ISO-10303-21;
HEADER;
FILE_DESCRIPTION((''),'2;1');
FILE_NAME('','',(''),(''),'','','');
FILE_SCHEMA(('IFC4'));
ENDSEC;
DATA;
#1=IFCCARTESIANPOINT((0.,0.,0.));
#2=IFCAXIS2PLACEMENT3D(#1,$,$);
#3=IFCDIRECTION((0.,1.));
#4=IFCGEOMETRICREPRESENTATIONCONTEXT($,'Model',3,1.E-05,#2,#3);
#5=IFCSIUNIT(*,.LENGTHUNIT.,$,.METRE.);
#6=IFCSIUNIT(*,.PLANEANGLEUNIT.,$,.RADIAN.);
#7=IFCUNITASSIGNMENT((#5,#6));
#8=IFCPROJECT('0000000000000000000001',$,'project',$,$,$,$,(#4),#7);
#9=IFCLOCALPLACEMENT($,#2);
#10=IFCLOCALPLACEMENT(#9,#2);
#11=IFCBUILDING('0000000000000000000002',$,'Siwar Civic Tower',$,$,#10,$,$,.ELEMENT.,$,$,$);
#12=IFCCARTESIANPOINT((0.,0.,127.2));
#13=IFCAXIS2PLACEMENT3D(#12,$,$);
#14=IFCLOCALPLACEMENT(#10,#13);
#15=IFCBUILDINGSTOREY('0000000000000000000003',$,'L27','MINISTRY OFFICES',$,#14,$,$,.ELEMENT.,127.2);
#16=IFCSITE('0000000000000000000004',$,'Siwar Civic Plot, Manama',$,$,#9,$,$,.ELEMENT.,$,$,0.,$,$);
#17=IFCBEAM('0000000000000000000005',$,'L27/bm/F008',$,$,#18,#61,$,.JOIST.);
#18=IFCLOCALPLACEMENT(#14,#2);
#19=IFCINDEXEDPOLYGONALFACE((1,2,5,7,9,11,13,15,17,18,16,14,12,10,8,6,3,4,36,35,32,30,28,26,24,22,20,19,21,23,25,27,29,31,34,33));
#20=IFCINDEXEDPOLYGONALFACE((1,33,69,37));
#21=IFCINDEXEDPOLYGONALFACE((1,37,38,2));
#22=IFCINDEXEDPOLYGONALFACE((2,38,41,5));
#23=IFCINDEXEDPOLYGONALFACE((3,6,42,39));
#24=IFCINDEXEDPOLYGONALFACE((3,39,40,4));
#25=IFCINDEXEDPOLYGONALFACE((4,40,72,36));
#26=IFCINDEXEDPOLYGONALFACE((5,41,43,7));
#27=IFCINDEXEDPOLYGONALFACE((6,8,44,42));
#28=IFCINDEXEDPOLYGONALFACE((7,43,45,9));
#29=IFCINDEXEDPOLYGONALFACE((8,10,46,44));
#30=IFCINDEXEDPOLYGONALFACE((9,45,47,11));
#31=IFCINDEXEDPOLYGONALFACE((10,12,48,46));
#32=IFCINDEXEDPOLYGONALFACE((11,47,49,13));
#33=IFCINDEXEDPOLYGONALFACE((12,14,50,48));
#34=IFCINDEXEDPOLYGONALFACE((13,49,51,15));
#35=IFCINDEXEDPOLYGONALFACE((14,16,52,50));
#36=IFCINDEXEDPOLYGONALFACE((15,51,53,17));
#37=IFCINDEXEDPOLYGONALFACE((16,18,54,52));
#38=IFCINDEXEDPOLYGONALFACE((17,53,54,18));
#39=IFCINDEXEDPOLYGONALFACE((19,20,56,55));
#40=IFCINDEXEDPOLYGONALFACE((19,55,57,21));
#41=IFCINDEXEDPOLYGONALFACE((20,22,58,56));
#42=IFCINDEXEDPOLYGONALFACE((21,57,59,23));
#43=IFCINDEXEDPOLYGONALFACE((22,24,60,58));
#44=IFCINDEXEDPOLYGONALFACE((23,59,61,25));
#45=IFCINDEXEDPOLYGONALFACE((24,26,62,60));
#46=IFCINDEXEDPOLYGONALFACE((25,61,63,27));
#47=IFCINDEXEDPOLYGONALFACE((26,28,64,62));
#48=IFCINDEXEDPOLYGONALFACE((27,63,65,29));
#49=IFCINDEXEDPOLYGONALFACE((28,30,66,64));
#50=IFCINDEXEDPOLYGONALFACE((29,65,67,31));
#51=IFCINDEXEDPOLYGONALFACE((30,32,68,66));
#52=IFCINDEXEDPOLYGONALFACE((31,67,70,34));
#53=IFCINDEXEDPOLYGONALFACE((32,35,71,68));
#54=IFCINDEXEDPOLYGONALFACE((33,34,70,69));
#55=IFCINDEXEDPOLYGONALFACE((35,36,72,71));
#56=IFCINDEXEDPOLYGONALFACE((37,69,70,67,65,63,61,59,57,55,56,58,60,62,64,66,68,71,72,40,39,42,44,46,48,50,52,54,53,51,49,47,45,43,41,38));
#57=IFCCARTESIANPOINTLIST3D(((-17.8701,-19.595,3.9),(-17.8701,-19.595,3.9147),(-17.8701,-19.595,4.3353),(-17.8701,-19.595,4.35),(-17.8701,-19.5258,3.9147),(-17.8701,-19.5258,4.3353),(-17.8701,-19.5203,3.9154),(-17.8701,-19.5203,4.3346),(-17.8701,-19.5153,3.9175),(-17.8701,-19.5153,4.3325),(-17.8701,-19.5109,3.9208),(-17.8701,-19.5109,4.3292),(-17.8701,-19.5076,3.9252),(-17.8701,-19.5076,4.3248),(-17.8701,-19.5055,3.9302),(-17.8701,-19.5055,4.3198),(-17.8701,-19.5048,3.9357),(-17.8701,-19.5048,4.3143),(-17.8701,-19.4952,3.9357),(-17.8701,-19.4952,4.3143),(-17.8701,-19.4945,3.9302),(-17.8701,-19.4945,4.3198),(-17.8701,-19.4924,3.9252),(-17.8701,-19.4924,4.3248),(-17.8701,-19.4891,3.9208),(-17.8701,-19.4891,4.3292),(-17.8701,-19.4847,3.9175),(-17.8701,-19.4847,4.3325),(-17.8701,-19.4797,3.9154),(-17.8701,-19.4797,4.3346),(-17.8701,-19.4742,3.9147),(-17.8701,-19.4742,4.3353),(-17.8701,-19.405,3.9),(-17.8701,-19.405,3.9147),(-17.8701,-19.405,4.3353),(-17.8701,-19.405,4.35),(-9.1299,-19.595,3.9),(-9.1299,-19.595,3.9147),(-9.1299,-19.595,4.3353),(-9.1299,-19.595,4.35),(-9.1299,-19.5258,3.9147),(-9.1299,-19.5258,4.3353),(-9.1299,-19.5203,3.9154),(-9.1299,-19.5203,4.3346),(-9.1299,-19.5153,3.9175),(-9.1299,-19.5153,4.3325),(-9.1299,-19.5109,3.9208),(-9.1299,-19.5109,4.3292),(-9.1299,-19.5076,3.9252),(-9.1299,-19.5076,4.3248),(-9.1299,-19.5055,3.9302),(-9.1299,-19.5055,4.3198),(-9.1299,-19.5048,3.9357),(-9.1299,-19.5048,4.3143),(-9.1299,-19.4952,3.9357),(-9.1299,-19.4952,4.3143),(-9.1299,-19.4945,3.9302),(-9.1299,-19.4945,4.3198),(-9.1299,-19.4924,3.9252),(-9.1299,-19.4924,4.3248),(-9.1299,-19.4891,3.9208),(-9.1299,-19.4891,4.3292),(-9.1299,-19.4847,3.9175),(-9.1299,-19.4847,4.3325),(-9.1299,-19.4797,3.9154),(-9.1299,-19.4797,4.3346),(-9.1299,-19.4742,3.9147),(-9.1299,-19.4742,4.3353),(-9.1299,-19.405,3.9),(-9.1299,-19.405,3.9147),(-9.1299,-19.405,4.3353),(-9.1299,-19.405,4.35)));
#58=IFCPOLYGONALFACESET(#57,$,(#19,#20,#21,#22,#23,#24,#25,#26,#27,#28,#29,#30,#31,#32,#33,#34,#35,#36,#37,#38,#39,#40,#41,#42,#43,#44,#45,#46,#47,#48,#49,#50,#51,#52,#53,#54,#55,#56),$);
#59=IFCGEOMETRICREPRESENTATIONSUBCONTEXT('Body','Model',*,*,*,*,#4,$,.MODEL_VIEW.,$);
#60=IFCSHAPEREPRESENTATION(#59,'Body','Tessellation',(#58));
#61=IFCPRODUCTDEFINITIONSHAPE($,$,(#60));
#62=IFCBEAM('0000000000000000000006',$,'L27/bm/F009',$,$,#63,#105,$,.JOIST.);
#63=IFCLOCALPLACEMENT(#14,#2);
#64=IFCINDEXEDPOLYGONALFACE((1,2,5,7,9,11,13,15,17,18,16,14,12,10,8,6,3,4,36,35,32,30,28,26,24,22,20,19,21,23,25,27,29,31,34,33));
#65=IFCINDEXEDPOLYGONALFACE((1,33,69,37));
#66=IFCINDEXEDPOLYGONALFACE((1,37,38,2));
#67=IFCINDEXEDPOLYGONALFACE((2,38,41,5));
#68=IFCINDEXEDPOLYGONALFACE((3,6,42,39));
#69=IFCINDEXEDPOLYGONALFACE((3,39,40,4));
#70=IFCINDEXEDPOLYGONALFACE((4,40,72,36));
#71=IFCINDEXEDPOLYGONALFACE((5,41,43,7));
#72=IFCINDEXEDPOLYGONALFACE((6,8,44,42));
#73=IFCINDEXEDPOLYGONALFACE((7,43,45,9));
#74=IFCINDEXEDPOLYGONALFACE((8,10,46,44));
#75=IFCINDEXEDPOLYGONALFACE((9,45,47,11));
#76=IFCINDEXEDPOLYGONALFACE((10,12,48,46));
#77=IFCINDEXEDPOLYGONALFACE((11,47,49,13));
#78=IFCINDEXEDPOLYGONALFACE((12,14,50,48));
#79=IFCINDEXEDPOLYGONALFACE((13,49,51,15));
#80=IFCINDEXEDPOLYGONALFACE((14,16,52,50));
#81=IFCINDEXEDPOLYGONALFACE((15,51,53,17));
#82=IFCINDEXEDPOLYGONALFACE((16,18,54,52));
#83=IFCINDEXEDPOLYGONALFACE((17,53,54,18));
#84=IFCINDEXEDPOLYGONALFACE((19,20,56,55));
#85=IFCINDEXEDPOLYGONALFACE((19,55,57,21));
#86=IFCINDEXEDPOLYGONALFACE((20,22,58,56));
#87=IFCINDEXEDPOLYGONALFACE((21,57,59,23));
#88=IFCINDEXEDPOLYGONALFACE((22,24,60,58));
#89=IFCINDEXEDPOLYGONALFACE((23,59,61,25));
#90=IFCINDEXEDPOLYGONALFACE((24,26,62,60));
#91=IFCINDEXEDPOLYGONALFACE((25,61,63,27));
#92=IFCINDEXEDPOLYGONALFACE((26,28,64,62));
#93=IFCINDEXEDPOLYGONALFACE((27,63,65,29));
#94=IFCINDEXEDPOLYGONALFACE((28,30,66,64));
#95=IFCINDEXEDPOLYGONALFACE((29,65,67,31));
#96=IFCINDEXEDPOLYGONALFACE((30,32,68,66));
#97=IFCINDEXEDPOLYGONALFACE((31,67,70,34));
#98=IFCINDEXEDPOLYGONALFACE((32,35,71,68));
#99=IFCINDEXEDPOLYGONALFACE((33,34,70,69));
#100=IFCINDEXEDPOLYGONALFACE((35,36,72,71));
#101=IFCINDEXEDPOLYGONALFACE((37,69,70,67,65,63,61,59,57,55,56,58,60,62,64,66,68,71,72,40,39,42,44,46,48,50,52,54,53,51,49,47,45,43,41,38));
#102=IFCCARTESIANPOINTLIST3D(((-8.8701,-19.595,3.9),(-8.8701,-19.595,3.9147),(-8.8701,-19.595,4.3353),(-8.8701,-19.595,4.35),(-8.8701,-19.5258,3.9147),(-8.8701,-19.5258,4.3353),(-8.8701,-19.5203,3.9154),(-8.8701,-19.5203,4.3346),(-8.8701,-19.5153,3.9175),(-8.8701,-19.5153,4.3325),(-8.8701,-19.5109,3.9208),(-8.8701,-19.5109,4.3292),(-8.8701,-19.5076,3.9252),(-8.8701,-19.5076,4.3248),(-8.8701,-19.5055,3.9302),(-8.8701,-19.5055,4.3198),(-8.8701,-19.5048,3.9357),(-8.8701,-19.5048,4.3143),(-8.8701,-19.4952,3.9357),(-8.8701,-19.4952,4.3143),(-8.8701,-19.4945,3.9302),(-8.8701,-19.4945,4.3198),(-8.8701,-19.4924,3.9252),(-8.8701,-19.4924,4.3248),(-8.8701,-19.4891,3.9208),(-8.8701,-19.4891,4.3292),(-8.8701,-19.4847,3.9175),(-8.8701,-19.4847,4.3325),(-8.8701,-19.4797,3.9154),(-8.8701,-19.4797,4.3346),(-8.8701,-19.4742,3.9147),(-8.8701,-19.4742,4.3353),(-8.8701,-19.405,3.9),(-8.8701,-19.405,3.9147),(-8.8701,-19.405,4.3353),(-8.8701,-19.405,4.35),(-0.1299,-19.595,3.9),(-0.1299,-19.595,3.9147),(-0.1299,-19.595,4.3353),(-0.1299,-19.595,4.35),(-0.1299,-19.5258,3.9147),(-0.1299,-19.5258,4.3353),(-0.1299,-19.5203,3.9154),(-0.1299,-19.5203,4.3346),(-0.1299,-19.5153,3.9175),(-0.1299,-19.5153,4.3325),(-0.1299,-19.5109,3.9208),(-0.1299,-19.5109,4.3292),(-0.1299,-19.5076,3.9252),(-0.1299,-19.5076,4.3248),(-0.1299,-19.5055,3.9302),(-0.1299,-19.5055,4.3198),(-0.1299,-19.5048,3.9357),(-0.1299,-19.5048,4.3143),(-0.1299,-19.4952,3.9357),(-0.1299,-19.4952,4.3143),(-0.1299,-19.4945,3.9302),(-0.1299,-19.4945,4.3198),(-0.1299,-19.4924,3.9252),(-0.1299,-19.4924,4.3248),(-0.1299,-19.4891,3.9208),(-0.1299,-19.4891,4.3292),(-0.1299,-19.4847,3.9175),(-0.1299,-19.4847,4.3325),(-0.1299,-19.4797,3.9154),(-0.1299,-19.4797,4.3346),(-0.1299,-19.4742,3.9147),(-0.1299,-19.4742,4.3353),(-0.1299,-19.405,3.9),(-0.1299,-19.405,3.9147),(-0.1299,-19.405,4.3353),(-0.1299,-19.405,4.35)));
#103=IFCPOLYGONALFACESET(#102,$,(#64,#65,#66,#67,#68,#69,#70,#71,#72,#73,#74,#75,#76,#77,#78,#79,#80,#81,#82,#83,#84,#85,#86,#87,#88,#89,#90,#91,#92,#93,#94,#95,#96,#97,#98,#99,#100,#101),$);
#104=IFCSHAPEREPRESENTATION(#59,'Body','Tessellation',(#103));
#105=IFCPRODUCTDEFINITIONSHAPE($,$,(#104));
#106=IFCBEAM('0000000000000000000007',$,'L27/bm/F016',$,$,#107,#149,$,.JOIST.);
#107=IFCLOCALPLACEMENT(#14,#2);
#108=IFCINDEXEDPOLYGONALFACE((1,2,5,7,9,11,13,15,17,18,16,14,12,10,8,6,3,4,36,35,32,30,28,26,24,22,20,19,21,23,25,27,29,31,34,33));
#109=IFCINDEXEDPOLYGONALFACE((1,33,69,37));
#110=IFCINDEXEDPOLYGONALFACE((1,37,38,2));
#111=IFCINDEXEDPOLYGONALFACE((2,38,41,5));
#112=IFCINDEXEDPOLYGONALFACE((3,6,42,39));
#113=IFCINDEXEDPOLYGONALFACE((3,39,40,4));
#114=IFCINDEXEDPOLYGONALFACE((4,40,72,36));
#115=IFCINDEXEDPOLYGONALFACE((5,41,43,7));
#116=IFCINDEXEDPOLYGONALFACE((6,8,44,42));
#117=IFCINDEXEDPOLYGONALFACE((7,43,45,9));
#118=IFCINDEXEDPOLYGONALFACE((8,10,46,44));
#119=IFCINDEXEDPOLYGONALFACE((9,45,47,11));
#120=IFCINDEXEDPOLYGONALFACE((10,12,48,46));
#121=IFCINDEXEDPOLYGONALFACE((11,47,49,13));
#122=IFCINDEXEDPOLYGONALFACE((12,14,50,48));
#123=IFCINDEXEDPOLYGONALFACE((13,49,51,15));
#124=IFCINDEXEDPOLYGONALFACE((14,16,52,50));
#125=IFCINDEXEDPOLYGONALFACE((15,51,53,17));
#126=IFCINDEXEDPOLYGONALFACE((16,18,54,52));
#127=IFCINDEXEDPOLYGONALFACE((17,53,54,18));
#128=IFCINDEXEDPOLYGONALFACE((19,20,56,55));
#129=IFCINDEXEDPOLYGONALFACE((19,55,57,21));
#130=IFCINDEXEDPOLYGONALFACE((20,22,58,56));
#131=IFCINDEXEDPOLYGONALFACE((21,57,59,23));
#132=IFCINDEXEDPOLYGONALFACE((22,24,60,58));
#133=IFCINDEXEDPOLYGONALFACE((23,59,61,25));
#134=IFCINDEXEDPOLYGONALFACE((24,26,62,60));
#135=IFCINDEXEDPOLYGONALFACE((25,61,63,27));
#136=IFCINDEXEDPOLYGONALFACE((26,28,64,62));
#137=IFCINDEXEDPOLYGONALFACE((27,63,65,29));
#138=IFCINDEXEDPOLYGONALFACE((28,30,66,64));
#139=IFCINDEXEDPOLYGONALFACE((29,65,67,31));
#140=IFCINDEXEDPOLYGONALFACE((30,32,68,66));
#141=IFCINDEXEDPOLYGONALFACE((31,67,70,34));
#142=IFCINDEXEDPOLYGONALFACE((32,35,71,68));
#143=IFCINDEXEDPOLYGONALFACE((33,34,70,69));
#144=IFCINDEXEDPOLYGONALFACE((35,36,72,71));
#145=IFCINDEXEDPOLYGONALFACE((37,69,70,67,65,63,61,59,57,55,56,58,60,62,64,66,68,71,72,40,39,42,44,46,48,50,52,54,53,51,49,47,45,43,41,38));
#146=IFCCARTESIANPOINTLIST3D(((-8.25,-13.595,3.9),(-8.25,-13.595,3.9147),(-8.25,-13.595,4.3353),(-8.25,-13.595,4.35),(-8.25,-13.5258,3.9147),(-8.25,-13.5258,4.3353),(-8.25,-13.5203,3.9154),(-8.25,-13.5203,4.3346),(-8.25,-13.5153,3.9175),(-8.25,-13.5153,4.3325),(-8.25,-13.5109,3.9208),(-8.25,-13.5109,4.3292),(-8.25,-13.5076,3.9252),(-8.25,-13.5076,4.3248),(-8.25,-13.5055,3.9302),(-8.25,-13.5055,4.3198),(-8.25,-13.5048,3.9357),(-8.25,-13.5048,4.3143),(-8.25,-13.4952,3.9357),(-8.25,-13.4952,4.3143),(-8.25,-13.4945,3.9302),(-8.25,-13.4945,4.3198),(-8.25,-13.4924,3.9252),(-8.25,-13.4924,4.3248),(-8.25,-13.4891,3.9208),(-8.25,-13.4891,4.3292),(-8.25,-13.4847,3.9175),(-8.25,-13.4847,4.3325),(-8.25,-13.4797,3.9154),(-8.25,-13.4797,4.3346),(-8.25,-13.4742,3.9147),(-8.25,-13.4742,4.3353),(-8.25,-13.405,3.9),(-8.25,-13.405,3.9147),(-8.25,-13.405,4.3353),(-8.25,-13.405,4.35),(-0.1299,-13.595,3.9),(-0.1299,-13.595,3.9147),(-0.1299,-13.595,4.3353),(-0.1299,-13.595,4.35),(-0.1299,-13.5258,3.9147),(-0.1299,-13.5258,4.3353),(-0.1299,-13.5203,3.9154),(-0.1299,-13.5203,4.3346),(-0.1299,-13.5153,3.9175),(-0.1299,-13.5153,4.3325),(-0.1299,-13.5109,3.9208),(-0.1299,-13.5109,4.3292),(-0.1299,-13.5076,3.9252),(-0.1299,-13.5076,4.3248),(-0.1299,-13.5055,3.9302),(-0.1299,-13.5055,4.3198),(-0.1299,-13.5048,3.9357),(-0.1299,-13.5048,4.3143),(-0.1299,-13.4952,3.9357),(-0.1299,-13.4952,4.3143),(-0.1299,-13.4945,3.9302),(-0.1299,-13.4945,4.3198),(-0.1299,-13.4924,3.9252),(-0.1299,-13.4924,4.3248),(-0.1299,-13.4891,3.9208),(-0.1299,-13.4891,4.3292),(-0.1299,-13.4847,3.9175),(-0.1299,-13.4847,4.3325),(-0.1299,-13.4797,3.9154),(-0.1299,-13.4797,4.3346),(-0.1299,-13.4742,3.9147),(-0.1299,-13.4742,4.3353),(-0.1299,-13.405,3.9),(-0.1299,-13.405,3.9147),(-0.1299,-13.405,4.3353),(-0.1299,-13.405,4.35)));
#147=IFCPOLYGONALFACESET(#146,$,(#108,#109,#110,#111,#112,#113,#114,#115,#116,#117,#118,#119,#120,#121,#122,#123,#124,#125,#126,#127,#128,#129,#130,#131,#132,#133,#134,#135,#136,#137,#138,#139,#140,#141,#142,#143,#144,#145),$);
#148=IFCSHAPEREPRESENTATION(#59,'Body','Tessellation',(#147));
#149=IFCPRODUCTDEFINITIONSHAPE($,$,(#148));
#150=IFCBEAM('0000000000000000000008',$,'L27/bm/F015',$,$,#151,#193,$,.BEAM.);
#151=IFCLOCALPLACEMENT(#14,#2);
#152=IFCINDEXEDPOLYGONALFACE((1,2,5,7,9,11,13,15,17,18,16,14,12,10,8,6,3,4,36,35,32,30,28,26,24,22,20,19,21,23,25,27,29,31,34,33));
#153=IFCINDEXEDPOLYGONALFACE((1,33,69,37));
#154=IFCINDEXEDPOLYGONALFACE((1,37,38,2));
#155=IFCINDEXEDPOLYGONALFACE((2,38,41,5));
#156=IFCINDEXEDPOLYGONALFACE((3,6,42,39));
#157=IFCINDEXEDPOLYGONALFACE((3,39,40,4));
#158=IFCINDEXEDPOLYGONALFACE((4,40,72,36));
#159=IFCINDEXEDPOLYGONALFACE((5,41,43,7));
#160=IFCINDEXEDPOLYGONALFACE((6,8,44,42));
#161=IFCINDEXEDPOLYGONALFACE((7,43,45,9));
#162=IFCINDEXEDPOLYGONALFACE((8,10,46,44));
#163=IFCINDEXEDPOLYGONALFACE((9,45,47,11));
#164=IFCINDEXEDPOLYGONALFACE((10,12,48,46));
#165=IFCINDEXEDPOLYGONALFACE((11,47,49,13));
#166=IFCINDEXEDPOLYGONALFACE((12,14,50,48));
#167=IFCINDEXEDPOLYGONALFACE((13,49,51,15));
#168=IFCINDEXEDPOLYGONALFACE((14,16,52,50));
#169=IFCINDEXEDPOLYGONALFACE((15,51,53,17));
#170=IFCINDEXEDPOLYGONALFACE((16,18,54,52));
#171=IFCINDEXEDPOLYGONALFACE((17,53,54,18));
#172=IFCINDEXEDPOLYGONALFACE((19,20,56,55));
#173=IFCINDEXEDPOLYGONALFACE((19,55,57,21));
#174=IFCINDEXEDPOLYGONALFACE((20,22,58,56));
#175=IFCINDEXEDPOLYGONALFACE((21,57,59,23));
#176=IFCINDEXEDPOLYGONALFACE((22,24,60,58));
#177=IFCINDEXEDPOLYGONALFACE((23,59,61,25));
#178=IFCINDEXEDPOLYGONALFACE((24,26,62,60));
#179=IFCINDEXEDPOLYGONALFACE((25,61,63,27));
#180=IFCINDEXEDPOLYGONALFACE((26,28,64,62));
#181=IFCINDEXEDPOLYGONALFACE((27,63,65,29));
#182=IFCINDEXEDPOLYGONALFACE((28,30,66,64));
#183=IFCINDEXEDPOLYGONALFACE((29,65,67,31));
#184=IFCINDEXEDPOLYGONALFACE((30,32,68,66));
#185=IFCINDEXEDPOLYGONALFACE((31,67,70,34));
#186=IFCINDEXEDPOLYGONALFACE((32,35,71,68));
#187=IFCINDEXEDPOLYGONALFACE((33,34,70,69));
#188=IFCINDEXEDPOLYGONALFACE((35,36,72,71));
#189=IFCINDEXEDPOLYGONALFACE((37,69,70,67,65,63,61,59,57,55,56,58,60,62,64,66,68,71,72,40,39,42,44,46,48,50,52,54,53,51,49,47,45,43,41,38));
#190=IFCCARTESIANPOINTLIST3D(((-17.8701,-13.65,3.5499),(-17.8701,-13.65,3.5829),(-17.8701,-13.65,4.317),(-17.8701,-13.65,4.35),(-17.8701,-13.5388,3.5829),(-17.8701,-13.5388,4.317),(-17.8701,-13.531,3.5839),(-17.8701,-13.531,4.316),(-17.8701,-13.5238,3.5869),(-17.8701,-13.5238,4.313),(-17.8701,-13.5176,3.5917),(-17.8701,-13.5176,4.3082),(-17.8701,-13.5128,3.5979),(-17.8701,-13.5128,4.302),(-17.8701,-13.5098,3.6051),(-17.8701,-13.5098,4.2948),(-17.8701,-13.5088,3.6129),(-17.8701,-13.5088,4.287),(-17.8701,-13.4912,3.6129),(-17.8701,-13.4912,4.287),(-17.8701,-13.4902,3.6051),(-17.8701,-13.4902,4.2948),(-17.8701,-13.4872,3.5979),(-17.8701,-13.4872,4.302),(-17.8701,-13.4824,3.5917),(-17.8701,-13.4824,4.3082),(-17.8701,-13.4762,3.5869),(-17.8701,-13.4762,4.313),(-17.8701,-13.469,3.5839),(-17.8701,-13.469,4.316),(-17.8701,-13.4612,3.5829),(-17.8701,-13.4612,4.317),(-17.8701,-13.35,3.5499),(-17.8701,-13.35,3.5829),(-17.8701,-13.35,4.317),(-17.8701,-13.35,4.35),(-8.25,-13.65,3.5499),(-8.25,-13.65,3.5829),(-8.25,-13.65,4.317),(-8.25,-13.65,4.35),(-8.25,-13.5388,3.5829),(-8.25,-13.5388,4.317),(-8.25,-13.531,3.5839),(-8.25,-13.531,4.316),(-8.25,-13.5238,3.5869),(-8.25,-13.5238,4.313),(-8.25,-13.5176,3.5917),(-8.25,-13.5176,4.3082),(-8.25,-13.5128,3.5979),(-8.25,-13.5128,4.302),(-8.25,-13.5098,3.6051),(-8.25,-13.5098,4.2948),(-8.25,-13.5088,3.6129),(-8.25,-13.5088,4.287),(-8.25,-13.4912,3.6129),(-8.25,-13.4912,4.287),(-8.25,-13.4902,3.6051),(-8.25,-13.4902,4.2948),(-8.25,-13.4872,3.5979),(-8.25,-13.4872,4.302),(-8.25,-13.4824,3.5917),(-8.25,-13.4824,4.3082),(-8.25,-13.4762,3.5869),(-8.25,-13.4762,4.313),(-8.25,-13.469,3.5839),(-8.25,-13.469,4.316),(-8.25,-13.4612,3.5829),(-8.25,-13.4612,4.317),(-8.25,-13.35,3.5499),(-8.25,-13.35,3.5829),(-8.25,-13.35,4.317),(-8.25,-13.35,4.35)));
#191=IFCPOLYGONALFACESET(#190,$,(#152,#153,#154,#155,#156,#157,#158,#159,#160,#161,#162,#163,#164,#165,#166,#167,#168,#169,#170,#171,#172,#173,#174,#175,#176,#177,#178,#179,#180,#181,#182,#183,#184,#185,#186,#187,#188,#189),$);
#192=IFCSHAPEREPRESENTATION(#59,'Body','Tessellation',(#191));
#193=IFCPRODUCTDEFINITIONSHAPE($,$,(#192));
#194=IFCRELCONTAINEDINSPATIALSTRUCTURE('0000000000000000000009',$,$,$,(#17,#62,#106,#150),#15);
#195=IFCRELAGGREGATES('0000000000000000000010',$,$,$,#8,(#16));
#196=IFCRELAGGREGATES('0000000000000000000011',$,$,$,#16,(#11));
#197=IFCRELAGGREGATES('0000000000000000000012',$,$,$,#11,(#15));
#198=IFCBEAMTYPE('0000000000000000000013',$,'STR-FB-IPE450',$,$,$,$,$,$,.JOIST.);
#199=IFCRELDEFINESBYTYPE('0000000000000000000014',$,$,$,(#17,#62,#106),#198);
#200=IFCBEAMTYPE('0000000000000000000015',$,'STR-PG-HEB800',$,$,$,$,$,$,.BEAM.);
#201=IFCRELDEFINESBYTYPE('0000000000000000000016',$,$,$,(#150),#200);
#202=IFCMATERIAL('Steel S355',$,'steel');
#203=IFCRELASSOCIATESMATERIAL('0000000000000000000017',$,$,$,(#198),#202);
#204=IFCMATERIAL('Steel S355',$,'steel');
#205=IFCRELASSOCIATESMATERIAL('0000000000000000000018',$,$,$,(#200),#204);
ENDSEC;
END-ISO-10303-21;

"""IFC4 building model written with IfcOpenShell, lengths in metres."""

from ifc_helpers import new_model, si_unit, direction, frame, origin, origin_2d, place, context, subcontext, project, spatial, i_section, extrude, material, material_profile, profile_set, type_object, element, save


model = new_model("IFC4")

# Units and contexts
model_context = context("Model", 3, precision=1e-05, world=origin(), true_north=direction((0.0, 1.0)))
body_context = subcontext(model_context, "Body", "Model", "MODEL_VIEW")
ifc_project = project(units=[si_unit("LENGTHUNIT", "METRE"), si_unit("PLANEANGLEUNIT", "RADIAN")], contexts=[model_context])

# Site, building, storey
site_placement = place(None, origin())
site = spatial("IfcSite", under=ifc_project, at=site_placement, Name="Siwar Civic Plot, Manama", CompositionType="ELEMENT", RefElevation=0.0)
building_placement = place(site_placement, origin())
building = spatial("IfcBuilding", under=site, at=building_placement, Name="Siwar Civic Tower", CompositionType="ELEMENT")
storey_placement = place(building_placement, frame((0.0, 0.0, 127.2)))
storey = spatial("IfcBuildingStorey", under=building, at=storey_placement, Name="L27", Description="MINISTRY OFFICES", CompositionType="ELEMENT", Elevation=127.2)

# Beams
ifc_material_1 = material(Name="Steel S355", Category="steel")
ifc_material_profile_1 = material_profile(ifc_material_1, i_section(OverallWidth=0.1899, OverallDepth=0.45, WebThickness=0.0095, FlangeThickness=0.0146, FilletRadius=0.021, at=origin_2d()), Name="IPE450")
ifc_profile_set_1 = profile_set([ifc_material_profile_1], Name="Steel S355")
beam_type_1 = type_object("IfcBeamType", Name="STR-FB-IPE450", PredefinedType="JOIST", material=ifc_profile_set_1)
for number, where, z_axis, x_axis, name in (
    (1, (-17.8701, -19.5, 4.125), (1.0, 0.0, 0.0), (0.0, 1.0, 0.0), "L27/bm/F008"),
    (2, (-8.8701, -19.5, 4.125), (1.0, 0.0, 0.0), (0.0, 1.0, 0.0), "L27/bm/F009"),
):
    element("IfcBeam", number, at=place(storey_placement, frame(where, z_axis=z_axis, x_axis=x_axis)), inside=storey, type_object=beam_type_1, Name=name, PredefinedType="JOIST", context=body_context, shape_type="SweptSolid", body=[
        extrude(i_section(OverallWidth=0.1899, OverallDepth=0.45, WebThickness=0.0095, FlangeThickness=0.0146, FilletRadius=0.021, at=origin_2d()), origin(), (0.0, 0.0, 1.0), 8.7402),
    ])
beam_1_placement = place(storey_placement, frame((-8.25, -13.5, 4.125), z_axis=(1.0, 0.0, 0.0), x_axis=(0.0, 1.0, 0.0)))
element("IfcBeam", 3, at=beam_1_placement, inside=storey, type_object=beam_type_1, Name="L27/bm/F016", PredefinedType="JOIST", context=body_context, shape_type="SweptSolid", body=[
    extrude(i_section(OverallWidth=0.1899, OverallDepth=0.45, WebThickness=0.0095, FlangeThickness=0.0146, FilletRadius=0.021, at=origin_2d()), origin(), (0.0, 0.0, 1.0), 8.1201),
])
ifc_material_2 = material(Name="Steel S355", Category="steel")
ifc_material_profile_2 = material_profile(ifc_material_2, i_section(OverallWidth=0.3, OverallDepth=0.8, WebThickness=0.0176, FlangeThickness=0.033, FilletRadius=0.03, at=origin_2d()), Name="HEB800")
ifc_profile_set_2 = profile_set([ifc_material_profile_2], Name="Steel S355")
beam_type_2 = type_object("IfcBeamType", Name="STR-PG-HEB800", PredefinedType="BEAM", material=ifc_profile_set_2)
beam_2_placement = place(storey_placement, frame((-17.8701, -13.5, 3.95), z_axis=(1.0, 0.0, 0.0), x_axis=(0.0, 1.0, 0.0)))
element("IfcBeam", 4, at=beam_2_placement, inside=storey, type_object=beam_type_2, Name="L27/bm/F015", PredefinedType="BEAM", context=body_context, shape_type="SweptSolid", body=[
    extrude(i_section(OverallWidth=0.3, OverallDepth=0.8, WebThickness=0.0176, FlangeThickness=0.033, FilletRadius=0.03, at=origin_2d()), origin(), (0.0, 0.0, 1.0), 9.6201),
])

save(model, "model.ifc")
